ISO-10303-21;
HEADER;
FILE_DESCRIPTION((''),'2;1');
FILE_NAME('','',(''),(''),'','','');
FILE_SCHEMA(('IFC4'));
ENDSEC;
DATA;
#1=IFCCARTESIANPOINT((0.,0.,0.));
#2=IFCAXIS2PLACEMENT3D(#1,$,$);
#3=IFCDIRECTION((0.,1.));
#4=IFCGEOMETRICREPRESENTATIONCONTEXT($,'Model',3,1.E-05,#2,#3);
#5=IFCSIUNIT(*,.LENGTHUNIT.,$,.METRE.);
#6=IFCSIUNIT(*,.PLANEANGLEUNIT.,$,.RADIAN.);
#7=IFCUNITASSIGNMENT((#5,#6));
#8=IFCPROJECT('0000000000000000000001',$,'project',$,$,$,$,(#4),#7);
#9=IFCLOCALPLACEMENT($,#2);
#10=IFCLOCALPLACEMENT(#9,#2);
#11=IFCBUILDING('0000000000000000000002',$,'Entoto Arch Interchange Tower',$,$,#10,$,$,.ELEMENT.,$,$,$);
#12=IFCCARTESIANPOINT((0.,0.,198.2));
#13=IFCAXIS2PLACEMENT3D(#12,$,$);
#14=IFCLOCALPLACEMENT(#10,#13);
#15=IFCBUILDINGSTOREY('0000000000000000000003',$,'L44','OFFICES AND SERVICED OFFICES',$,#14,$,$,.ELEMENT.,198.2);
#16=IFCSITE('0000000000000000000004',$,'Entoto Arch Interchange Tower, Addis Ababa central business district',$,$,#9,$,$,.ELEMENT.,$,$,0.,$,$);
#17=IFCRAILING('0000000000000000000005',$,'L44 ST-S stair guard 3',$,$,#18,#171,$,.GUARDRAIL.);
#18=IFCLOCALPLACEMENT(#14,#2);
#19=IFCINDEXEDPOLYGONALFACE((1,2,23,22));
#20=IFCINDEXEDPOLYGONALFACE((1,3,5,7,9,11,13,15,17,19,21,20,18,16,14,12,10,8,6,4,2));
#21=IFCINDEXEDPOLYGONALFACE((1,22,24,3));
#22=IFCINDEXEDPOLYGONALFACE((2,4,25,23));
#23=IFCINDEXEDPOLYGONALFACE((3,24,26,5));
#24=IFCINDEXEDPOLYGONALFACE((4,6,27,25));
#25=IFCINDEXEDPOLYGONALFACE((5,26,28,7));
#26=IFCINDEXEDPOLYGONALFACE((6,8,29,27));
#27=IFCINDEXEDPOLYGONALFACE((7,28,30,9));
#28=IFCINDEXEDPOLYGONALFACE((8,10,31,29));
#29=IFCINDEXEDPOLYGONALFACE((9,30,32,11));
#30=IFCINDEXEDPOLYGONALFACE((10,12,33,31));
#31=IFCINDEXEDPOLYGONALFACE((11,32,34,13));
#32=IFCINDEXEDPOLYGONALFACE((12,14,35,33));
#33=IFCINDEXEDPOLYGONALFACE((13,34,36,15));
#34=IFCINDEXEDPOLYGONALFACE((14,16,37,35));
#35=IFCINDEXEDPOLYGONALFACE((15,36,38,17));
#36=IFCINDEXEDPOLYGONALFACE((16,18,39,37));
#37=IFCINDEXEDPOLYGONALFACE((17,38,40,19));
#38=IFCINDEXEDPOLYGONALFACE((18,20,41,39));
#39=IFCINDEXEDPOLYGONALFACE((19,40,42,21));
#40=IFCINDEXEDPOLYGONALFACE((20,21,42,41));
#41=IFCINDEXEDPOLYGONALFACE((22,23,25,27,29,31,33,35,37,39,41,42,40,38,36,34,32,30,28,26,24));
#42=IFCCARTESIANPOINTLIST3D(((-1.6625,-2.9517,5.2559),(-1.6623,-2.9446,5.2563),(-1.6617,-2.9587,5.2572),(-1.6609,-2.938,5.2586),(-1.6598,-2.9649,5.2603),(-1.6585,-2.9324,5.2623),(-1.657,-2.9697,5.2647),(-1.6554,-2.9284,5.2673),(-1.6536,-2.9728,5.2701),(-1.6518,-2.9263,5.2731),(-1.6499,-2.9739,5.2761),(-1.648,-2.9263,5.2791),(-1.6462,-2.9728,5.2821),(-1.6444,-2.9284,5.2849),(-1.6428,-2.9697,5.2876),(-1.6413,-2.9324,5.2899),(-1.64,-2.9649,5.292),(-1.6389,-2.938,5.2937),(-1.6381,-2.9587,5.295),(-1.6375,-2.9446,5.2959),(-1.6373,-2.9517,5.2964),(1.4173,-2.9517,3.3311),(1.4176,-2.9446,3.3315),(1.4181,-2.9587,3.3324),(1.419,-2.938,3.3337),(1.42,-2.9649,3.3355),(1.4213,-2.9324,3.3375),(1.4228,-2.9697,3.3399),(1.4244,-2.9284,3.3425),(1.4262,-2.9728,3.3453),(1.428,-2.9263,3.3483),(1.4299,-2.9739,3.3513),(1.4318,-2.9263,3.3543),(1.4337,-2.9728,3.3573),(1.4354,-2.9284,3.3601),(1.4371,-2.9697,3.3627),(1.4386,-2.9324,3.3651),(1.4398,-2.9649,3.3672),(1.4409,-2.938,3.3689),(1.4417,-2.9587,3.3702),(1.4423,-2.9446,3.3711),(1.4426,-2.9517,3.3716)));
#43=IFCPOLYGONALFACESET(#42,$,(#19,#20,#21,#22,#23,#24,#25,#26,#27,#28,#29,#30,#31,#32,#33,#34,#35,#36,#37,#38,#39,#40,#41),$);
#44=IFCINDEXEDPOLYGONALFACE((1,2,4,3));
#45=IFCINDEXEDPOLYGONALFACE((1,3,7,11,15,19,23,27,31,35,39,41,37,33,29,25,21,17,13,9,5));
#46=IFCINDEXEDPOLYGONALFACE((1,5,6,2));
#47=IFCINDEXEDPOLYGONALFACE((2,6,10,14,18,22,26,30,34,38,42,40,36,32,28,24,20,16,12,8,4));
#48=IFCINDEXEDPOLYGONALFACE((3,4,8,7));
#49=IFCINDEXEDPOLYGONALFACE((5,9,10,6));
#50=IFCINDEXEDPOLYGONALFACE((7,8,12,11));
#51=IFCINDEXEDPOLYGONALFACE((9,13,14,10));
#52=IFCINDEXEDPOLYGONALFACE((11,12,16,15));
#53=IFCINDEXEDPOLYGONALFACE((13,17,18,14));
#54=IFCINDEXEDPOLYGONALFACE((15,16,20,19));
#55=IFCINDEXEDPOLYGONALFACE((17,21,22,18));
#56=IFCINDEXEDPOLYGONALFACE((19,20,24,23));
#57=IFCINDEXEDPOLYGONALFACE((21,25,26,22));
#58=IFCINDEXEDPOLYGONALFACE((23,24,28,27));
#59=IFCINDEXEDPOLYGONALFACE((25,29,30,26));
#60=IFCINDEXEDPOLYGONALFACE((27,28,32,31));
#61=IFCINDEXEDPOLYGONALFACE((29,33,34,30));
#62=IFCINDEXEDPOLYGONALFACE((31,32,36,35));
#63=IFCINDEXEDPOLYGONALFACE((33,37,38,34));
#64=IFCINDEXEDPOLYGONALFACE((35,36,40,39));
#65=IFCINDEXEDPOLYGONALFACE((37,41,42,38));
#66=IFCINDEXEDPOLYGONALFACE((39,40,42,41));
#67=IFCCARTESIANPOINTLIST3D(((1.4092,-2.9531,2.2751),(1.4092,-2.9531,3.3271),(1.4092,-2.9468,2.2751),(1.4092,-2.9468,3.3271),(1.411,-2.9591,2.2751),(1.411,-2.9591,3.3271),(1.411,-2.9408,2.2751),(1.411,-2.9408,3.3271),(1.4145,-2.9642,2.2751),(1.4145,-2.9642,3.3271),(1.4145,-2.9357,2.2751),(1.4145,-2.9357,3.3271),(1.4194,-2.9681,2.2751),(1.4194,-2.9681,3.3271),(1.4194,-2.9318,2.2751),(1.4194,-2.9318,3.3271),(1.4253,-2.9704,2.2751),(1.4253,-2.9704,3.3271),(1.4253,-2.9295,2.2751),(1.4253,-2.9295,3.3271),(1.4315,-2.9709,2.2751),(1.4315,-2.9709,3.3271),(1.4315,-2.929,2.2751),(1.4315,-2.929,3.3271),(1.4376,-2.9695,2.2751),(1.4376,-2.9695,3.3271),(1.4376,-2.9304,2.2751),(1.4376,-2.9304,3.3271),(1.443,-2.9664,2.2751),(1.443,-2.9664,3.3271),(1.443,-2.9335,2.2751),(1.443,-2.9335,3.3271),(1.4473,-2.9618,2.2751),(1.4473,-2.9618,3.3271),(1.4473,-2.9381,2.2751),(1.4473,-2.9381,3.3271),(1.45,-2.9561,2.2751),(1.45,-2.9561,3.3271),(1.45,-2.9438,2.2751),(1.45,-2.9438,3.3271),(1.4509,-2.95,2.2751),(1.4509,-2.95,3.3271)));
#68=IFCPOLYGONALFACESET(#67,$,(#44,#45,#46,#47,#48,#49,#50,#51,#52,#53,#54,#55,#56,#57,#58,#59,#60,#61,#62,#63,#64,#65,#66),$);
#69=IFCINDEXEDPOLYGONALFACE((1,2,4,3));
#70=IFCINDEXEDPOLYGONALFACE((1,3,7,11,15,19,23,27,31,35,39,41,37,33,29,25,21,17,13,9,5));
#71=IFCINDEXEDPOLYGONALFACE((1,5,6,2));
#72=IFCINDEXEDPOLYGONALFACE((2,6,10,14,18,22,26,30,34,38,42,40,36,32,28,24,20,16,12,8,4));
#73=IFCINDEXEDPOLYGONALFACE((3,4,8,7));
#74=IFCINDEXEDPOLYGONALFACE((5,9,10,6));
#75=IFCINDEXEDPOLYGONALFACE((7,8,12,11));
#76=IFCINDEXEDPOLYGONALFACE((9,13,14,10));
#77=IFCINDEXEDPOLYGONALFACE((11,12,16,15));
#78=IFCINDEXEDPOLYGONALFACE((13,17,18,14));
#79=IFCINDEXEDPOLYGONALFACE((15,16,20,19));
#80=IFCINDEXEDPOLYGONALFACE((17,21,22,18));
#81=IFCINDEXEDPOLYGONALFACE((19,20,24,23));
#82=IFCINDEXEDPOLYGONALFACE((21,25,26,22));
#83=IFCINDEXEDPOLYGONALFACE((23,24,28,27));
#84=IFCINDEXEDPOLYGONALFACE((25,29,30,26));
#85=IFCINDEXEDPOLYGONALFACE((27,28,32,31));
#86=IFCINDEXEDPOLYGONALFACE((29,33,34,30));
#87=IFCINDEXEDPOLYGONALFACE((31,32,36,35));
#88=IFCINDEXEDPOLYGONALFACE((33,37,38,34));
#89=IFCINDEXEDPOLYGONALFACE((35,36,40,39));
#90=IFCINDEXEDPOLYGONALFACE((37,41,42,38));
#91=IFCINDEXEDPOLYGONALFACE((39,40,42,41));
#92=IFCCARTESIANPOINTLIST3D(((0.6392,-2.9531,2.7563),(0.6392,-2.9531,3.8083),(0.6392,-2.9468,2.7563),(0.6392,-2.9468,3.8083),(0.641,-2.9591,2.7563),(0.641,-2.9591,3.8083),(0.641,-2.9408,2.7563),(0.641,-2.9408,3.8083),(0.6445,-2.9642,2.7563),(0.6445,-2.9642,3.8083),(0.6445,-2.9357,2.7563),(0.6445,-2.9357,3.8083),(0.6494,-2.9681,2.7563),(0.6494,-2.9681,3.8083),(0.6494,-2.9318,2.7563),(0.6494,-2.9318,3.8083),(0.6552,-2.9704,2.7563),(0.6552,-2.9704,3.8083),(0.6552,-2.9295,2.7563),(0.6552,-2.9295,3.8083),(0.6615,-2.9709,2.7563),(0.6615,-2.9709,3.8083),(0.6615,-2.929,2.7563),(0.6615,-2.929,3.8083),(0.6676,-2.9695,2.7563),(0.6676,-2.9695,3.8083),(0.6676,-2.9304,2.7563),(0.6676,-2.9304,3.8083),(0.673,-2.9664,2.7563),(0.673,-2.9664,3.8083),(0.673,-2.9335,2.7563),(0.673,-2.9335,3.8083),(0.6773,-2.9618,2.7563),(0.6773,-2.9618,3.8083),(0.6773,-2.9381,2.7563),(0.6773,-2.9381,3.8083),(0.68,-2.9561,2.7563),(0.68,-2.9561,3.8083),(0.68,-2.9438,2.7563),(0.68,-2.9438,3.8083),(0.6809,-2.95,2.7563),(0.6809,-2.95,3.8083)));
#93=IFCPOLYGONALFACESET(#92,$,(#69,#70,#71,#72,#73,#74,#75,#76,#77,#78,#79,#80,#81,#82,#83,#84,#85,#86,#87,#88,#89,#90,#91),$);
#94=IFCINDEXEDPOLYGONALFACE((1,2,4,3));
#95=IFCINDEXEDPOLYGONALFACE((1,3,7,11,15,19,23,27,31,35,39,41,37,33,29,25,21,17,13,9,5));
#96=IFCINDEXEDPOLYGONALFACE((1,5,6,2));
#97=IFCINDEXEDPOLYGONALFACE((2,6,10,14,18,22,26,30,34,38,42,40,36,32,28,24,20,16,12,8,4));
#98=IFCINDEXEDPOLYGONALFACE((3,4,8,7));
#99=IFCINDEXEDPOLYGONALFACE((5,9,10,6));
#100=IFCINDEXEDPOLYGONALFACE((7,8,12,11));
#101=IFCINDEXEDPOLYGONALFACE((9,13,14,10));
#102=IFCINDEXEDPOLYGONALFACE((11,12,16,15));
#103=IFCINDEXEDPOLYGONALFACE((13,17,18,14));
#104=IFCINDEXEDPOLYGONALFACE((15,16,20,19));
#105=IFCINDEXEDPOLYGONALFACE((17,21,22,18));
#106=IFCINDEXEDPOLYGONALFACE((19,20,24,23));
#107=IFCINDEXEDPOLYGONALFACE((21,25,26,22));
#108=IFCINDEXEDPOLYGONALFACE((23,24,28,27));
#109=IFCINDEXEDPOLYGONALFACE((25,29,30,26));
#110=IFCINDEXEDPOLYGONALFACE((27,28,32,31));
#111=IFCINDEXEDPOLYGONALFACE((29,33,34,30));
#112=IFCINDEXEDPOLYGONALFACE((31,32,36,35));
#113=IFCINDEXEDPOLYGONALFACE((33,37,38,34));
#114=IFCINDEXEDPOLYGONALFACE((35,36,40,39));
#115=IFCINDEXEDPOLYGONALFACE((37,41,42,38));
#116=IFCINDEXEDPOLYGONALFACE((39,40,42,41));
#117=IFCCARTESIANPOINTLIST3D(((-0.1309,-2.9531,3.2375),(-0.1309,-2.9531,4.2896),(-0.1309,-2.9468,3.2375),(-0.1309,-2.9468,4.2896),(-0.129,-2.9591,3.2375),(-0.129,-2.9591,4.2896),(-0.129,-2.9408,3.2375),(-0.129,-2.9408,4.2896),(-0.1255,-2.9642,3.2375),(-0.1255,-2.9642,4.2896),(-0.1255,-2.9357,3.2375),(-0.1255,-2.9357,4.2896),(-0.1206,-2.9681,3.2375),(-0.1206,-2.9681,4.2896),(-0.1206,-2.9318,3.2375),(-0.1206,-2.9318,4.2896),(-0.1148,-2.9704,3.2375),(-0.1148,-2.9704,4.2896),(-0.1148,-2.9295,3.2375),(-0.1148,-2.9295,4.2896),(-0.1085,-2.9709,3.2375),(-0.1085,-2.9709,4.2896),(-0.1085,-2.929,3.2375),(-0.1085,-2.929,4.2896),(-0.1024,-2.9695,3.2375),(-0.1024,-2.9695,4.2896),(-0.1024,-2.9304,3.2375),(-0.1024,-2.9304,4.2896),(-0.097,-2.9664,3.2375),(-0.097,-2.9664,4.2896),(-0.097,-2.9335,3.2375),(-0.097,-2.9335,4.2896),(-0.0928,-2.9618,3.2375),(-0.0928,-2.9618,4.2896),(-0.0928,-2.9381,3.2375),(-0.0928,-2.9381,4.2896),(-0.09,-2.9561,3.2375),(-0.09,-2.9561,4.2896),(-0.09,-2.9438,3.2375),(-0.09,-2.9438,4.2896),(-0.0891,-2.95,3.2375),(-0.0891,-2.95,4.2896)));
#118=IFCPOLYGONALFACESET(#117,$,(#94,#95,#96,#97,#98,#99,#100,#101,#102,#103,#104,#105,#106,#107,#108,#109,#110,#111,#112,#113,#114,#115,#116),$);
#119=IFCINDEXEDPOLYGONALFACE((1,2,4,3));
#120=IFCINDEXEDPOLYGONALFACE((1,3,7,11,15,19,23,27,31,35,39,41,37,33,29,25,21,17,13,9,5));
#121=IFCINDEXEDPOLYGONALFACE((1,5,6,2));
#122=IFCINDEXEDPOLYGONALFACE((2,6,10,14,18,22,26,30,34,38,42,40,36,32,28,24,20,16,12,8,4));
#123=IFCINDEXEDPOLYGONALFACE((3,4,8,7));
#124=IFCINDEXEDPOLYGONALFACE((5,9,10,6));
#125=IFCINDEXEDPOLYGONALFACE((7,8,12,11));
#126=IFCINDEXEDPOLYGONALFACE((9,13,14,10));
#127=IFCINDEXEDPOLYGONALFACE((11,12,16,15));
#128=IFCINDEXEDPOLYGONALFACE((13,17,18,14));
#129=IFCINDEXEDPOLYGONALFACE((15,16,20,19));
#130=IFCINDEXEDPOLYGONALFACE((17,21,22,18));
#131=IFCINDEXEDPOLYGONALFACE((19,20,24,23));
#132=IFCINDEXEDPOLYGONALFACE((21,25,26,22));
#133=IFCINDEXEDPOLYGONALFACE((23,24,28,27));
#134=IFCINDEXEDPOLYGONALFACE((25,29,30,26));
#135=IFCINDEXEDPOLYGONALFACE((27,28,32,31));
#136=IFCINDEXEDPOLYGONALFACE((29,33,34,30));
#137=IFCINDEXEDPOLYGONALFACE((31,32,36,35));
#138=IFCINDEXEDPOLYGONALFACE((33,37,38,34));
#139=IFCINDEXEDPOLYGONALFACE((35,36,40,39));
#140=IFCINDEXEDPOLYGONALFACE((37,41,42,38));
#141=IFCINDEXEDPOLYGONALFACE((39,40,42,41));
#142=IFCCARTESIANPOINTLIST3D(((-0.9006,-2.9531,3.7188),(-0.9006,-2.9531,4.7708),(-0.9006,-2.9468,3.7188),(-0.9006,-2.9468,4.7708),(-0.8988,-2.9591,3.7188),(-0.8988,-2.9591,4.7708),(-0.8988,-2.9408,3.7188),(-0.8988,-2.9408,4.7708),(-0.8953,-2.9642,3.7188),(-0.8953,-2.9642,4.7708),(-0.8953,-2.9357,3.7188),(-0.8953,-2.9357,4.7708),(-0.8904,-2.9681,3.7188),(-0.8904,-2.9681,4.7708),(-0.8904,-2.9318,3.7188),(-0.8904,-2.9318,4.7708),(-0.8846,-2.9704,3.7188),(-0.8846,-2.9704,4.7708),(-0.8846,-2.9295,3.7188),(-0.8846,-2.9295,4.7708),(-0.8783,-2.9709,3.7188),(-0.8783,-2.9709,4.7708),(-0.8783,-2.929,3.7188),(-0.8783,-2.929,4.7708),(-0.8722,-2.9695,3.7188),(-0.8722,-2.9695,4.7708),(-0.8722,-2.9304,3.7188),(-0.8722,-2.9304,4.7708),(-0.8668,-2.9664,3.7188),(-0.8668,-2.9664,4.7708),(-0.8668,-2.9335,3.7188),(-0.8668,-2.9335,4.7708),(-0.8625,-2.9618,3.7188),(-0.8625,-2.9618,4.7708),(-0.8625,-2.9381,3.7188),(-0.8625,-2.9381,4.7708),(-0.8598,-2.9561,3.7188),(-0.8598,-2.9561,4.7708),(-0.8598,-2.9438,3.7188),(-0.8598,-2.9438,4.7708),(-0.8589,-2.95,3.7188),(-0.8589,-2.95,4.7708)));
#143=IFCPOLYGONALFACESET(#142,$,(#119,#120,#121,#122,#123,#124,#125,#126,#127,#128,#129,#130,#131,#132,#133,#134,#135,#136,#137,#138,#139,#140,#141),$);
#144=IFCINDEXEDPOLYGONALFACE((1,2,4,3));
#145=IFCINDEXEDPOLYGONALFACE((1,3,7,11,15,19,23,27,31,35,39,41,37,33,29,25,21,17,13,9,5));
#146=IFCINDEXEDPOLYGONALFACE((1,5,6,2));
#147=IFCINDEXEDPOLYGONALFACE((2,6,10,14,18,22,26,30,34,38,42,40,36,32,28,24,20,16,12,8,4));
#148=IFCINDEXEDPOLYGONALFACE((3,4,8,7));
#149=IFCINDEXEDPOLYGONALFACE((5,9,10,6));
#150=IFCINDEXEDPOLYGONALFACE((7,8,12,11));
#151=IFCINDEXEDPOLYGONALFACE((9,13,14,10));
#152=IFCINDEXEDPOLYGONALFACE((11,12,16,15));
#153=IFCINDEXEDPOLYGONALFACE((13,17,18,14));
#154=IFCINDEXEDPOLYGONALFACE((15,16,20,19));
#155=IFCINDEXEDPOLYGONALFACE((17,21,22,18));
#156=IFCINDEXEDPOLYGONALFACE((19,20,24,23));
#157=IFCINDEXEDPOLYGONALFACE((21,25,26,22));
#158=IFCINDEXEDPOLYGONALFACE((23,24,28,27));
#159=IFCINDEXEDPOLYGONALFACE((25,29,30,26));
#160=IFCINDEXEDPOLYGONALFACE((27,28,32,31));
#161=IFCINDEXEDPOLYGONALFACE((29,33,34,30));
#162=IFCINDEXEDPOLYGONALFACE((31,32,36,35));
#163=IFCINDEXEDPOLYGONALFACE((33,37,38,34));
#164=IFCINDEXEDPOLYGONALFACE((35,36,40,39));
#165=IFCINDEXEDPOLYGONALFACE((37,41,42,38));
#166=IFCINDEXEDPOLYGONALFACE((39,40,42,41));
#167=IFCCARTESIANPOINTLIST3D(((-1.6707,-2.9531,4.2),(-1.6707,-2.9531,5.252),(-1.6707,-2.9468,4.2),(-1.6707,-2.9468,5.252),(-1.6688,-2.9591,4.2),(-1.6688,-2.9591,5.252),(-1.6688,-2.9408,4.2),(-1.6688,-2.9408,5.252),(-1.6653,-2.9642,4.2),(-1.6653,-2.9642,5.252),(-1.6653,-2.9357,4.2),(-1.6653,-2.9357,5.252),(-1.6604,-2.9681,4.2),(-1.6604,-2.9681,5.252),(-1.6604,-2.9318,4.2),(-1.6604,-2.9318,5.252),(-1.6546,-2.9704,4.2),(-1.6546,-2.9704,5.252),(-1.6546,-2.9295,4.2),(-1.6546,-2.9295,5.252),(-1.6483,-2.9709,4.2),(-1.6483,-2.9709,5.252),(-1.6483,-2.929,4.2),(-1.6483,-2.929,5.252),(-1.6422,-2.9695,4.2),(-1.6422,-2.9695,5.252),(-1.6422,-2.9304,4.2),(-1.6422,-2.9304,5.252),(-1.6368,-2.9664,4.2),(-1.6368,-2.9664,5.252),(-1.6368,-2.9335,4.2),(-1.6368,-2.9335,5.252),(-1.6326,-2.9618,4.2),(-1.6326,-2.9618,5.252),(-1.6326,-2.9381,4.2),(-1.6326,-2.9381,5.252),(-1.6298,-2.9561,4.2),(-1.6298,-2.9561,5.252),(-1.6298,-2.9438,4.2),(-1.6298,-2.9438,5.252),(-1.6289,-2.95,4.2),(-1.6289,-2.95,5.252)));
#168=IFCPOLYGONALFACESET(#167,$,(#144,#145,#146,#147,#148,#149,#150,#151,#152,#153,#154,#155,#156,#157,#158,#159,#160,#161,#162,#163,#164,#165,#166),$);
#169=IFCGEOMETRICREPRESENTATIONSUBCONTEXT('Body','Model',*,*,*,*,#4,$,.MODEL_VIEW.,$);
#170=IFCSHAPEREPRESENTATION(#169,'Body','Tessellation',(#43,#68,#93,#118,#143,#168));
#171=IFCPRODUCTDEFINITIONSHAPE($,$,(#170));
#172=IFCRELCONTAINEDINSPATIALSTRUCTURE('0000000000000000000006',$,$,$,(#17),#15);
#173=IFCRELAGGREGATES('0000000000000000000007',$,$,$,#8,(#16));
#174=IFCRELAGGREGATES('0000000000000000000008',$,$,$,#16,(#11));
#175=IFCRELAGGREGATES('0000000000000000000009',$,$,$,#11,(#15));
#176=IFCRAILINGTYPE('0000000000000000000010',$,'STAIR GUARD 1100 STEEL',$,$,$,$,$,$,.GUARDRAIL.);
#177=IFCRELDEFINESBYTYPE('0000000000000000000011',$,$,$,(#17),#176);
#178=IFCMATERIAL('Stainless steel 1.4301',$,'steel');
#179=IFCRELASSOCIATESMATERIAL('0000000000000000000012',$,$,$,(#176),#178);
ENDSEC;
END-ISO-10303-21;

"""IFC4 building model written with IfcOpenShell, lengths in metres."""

from ifc_helpers import new_model, si_unit, direction, frame, origin, origin_2d, place, context, subcontext, project, spatial, circle, extrude, material, type_object, element, save


model = new_model("IFC4")

# Units and contexts
model_context = context("Model", 3, precision=1e-05, world=origin(), true_north=direction((0.0, 1.0)))
body_context = subcontext(model_context, "Body", "Model", "MODEL_VIEW")
ifc_project = project(units=[si_unit("LENGTHUNIT", "METRE"), si_unit("PLANEANGLEUNIT", "RADIAN")], contexts=[model_context])

# Site, building, storey
site_placement = place(None, origin())
site = spatial("IfcSite", under=ifc_project, at=site_placement, Name="Entoto Arch Interchange Tower, Addis Ababa central business district", CompositionType="ELEMENT", RefElevation=0.0)
building_placement = place(site_placement, origin())
building = spatial("IfcBuilding", under=site, at=building_placement, Name="Entoto Arch Interchange Tower", CompositionType="ELEMENT")
storey_placement = place(building_placement, frame((0.0, 0.0, 198.2)))
storey = spatial("IfcBuildingStorey", under=building, at=storey_placement, Name="L44", Description="OFFICES AND SERVICED OFFICES", CompositionType="ELEMENT", Elevation=198.2)

# Railing
ifc_material_1 = material(Name="Stainless steel 1.4301", Category="steel")
railing_type_1 = type_object("IfcRailingType", Name="STAIR GUARD 1100 STEEL", PredefinedType="GUARDRAIL", material=ifc_material_1)
railing_1_placement = place(storey_placement, frame((1.4299, -2.95, 2.2751)))
element("IfcRailing", 1, at=railing_1_placement, inside=storey, type_object=railing_type_1, Name="L44 ST-S stair guard 3", PredefinedType="GUARDRAIL", context=body_context, shape_type="SweptSolid", body=[
    extrude(circle(Radius=0.0239, at=origin_2d()), frame((0.0, 0.0, 1.0762), z_axis=(-0.84801, 0.0, 0.529981), x_axis=(0.0, -1.0, 0.0)), (0.0, 0.0, 1.0), 3.6318),
    extrude(circle(Radius=0.021, at=origin_2d()), origin(), (0.0, 0.0, 1.0), 1.052),
    extrude(circle(Radius=0.021, at=origin_2d()), frame((-0.77, 0.0, 0.4812)), (0.0, 0.0, 1.0), 1.052),
    extrude(circle(Radius=0.021, at=origin_2d()), frame((-1.54, 0.0, 0.9624)), (0.0, 0.0, 1.0), 1.052),
    extrude(circle(Radius=0.021, at=origin_2d()), frame((-2.3098, 0.0, 1.4436)), (0.0, 0.0, 1.0), 1.052),
    extrude(circle(Radius=0.021, at=origin_2d()), frame((-3.0798, 0.0, 1.9248)), (0.0, 0.0, 1.0), 1.052),
])

save(model, "model.ifc")
